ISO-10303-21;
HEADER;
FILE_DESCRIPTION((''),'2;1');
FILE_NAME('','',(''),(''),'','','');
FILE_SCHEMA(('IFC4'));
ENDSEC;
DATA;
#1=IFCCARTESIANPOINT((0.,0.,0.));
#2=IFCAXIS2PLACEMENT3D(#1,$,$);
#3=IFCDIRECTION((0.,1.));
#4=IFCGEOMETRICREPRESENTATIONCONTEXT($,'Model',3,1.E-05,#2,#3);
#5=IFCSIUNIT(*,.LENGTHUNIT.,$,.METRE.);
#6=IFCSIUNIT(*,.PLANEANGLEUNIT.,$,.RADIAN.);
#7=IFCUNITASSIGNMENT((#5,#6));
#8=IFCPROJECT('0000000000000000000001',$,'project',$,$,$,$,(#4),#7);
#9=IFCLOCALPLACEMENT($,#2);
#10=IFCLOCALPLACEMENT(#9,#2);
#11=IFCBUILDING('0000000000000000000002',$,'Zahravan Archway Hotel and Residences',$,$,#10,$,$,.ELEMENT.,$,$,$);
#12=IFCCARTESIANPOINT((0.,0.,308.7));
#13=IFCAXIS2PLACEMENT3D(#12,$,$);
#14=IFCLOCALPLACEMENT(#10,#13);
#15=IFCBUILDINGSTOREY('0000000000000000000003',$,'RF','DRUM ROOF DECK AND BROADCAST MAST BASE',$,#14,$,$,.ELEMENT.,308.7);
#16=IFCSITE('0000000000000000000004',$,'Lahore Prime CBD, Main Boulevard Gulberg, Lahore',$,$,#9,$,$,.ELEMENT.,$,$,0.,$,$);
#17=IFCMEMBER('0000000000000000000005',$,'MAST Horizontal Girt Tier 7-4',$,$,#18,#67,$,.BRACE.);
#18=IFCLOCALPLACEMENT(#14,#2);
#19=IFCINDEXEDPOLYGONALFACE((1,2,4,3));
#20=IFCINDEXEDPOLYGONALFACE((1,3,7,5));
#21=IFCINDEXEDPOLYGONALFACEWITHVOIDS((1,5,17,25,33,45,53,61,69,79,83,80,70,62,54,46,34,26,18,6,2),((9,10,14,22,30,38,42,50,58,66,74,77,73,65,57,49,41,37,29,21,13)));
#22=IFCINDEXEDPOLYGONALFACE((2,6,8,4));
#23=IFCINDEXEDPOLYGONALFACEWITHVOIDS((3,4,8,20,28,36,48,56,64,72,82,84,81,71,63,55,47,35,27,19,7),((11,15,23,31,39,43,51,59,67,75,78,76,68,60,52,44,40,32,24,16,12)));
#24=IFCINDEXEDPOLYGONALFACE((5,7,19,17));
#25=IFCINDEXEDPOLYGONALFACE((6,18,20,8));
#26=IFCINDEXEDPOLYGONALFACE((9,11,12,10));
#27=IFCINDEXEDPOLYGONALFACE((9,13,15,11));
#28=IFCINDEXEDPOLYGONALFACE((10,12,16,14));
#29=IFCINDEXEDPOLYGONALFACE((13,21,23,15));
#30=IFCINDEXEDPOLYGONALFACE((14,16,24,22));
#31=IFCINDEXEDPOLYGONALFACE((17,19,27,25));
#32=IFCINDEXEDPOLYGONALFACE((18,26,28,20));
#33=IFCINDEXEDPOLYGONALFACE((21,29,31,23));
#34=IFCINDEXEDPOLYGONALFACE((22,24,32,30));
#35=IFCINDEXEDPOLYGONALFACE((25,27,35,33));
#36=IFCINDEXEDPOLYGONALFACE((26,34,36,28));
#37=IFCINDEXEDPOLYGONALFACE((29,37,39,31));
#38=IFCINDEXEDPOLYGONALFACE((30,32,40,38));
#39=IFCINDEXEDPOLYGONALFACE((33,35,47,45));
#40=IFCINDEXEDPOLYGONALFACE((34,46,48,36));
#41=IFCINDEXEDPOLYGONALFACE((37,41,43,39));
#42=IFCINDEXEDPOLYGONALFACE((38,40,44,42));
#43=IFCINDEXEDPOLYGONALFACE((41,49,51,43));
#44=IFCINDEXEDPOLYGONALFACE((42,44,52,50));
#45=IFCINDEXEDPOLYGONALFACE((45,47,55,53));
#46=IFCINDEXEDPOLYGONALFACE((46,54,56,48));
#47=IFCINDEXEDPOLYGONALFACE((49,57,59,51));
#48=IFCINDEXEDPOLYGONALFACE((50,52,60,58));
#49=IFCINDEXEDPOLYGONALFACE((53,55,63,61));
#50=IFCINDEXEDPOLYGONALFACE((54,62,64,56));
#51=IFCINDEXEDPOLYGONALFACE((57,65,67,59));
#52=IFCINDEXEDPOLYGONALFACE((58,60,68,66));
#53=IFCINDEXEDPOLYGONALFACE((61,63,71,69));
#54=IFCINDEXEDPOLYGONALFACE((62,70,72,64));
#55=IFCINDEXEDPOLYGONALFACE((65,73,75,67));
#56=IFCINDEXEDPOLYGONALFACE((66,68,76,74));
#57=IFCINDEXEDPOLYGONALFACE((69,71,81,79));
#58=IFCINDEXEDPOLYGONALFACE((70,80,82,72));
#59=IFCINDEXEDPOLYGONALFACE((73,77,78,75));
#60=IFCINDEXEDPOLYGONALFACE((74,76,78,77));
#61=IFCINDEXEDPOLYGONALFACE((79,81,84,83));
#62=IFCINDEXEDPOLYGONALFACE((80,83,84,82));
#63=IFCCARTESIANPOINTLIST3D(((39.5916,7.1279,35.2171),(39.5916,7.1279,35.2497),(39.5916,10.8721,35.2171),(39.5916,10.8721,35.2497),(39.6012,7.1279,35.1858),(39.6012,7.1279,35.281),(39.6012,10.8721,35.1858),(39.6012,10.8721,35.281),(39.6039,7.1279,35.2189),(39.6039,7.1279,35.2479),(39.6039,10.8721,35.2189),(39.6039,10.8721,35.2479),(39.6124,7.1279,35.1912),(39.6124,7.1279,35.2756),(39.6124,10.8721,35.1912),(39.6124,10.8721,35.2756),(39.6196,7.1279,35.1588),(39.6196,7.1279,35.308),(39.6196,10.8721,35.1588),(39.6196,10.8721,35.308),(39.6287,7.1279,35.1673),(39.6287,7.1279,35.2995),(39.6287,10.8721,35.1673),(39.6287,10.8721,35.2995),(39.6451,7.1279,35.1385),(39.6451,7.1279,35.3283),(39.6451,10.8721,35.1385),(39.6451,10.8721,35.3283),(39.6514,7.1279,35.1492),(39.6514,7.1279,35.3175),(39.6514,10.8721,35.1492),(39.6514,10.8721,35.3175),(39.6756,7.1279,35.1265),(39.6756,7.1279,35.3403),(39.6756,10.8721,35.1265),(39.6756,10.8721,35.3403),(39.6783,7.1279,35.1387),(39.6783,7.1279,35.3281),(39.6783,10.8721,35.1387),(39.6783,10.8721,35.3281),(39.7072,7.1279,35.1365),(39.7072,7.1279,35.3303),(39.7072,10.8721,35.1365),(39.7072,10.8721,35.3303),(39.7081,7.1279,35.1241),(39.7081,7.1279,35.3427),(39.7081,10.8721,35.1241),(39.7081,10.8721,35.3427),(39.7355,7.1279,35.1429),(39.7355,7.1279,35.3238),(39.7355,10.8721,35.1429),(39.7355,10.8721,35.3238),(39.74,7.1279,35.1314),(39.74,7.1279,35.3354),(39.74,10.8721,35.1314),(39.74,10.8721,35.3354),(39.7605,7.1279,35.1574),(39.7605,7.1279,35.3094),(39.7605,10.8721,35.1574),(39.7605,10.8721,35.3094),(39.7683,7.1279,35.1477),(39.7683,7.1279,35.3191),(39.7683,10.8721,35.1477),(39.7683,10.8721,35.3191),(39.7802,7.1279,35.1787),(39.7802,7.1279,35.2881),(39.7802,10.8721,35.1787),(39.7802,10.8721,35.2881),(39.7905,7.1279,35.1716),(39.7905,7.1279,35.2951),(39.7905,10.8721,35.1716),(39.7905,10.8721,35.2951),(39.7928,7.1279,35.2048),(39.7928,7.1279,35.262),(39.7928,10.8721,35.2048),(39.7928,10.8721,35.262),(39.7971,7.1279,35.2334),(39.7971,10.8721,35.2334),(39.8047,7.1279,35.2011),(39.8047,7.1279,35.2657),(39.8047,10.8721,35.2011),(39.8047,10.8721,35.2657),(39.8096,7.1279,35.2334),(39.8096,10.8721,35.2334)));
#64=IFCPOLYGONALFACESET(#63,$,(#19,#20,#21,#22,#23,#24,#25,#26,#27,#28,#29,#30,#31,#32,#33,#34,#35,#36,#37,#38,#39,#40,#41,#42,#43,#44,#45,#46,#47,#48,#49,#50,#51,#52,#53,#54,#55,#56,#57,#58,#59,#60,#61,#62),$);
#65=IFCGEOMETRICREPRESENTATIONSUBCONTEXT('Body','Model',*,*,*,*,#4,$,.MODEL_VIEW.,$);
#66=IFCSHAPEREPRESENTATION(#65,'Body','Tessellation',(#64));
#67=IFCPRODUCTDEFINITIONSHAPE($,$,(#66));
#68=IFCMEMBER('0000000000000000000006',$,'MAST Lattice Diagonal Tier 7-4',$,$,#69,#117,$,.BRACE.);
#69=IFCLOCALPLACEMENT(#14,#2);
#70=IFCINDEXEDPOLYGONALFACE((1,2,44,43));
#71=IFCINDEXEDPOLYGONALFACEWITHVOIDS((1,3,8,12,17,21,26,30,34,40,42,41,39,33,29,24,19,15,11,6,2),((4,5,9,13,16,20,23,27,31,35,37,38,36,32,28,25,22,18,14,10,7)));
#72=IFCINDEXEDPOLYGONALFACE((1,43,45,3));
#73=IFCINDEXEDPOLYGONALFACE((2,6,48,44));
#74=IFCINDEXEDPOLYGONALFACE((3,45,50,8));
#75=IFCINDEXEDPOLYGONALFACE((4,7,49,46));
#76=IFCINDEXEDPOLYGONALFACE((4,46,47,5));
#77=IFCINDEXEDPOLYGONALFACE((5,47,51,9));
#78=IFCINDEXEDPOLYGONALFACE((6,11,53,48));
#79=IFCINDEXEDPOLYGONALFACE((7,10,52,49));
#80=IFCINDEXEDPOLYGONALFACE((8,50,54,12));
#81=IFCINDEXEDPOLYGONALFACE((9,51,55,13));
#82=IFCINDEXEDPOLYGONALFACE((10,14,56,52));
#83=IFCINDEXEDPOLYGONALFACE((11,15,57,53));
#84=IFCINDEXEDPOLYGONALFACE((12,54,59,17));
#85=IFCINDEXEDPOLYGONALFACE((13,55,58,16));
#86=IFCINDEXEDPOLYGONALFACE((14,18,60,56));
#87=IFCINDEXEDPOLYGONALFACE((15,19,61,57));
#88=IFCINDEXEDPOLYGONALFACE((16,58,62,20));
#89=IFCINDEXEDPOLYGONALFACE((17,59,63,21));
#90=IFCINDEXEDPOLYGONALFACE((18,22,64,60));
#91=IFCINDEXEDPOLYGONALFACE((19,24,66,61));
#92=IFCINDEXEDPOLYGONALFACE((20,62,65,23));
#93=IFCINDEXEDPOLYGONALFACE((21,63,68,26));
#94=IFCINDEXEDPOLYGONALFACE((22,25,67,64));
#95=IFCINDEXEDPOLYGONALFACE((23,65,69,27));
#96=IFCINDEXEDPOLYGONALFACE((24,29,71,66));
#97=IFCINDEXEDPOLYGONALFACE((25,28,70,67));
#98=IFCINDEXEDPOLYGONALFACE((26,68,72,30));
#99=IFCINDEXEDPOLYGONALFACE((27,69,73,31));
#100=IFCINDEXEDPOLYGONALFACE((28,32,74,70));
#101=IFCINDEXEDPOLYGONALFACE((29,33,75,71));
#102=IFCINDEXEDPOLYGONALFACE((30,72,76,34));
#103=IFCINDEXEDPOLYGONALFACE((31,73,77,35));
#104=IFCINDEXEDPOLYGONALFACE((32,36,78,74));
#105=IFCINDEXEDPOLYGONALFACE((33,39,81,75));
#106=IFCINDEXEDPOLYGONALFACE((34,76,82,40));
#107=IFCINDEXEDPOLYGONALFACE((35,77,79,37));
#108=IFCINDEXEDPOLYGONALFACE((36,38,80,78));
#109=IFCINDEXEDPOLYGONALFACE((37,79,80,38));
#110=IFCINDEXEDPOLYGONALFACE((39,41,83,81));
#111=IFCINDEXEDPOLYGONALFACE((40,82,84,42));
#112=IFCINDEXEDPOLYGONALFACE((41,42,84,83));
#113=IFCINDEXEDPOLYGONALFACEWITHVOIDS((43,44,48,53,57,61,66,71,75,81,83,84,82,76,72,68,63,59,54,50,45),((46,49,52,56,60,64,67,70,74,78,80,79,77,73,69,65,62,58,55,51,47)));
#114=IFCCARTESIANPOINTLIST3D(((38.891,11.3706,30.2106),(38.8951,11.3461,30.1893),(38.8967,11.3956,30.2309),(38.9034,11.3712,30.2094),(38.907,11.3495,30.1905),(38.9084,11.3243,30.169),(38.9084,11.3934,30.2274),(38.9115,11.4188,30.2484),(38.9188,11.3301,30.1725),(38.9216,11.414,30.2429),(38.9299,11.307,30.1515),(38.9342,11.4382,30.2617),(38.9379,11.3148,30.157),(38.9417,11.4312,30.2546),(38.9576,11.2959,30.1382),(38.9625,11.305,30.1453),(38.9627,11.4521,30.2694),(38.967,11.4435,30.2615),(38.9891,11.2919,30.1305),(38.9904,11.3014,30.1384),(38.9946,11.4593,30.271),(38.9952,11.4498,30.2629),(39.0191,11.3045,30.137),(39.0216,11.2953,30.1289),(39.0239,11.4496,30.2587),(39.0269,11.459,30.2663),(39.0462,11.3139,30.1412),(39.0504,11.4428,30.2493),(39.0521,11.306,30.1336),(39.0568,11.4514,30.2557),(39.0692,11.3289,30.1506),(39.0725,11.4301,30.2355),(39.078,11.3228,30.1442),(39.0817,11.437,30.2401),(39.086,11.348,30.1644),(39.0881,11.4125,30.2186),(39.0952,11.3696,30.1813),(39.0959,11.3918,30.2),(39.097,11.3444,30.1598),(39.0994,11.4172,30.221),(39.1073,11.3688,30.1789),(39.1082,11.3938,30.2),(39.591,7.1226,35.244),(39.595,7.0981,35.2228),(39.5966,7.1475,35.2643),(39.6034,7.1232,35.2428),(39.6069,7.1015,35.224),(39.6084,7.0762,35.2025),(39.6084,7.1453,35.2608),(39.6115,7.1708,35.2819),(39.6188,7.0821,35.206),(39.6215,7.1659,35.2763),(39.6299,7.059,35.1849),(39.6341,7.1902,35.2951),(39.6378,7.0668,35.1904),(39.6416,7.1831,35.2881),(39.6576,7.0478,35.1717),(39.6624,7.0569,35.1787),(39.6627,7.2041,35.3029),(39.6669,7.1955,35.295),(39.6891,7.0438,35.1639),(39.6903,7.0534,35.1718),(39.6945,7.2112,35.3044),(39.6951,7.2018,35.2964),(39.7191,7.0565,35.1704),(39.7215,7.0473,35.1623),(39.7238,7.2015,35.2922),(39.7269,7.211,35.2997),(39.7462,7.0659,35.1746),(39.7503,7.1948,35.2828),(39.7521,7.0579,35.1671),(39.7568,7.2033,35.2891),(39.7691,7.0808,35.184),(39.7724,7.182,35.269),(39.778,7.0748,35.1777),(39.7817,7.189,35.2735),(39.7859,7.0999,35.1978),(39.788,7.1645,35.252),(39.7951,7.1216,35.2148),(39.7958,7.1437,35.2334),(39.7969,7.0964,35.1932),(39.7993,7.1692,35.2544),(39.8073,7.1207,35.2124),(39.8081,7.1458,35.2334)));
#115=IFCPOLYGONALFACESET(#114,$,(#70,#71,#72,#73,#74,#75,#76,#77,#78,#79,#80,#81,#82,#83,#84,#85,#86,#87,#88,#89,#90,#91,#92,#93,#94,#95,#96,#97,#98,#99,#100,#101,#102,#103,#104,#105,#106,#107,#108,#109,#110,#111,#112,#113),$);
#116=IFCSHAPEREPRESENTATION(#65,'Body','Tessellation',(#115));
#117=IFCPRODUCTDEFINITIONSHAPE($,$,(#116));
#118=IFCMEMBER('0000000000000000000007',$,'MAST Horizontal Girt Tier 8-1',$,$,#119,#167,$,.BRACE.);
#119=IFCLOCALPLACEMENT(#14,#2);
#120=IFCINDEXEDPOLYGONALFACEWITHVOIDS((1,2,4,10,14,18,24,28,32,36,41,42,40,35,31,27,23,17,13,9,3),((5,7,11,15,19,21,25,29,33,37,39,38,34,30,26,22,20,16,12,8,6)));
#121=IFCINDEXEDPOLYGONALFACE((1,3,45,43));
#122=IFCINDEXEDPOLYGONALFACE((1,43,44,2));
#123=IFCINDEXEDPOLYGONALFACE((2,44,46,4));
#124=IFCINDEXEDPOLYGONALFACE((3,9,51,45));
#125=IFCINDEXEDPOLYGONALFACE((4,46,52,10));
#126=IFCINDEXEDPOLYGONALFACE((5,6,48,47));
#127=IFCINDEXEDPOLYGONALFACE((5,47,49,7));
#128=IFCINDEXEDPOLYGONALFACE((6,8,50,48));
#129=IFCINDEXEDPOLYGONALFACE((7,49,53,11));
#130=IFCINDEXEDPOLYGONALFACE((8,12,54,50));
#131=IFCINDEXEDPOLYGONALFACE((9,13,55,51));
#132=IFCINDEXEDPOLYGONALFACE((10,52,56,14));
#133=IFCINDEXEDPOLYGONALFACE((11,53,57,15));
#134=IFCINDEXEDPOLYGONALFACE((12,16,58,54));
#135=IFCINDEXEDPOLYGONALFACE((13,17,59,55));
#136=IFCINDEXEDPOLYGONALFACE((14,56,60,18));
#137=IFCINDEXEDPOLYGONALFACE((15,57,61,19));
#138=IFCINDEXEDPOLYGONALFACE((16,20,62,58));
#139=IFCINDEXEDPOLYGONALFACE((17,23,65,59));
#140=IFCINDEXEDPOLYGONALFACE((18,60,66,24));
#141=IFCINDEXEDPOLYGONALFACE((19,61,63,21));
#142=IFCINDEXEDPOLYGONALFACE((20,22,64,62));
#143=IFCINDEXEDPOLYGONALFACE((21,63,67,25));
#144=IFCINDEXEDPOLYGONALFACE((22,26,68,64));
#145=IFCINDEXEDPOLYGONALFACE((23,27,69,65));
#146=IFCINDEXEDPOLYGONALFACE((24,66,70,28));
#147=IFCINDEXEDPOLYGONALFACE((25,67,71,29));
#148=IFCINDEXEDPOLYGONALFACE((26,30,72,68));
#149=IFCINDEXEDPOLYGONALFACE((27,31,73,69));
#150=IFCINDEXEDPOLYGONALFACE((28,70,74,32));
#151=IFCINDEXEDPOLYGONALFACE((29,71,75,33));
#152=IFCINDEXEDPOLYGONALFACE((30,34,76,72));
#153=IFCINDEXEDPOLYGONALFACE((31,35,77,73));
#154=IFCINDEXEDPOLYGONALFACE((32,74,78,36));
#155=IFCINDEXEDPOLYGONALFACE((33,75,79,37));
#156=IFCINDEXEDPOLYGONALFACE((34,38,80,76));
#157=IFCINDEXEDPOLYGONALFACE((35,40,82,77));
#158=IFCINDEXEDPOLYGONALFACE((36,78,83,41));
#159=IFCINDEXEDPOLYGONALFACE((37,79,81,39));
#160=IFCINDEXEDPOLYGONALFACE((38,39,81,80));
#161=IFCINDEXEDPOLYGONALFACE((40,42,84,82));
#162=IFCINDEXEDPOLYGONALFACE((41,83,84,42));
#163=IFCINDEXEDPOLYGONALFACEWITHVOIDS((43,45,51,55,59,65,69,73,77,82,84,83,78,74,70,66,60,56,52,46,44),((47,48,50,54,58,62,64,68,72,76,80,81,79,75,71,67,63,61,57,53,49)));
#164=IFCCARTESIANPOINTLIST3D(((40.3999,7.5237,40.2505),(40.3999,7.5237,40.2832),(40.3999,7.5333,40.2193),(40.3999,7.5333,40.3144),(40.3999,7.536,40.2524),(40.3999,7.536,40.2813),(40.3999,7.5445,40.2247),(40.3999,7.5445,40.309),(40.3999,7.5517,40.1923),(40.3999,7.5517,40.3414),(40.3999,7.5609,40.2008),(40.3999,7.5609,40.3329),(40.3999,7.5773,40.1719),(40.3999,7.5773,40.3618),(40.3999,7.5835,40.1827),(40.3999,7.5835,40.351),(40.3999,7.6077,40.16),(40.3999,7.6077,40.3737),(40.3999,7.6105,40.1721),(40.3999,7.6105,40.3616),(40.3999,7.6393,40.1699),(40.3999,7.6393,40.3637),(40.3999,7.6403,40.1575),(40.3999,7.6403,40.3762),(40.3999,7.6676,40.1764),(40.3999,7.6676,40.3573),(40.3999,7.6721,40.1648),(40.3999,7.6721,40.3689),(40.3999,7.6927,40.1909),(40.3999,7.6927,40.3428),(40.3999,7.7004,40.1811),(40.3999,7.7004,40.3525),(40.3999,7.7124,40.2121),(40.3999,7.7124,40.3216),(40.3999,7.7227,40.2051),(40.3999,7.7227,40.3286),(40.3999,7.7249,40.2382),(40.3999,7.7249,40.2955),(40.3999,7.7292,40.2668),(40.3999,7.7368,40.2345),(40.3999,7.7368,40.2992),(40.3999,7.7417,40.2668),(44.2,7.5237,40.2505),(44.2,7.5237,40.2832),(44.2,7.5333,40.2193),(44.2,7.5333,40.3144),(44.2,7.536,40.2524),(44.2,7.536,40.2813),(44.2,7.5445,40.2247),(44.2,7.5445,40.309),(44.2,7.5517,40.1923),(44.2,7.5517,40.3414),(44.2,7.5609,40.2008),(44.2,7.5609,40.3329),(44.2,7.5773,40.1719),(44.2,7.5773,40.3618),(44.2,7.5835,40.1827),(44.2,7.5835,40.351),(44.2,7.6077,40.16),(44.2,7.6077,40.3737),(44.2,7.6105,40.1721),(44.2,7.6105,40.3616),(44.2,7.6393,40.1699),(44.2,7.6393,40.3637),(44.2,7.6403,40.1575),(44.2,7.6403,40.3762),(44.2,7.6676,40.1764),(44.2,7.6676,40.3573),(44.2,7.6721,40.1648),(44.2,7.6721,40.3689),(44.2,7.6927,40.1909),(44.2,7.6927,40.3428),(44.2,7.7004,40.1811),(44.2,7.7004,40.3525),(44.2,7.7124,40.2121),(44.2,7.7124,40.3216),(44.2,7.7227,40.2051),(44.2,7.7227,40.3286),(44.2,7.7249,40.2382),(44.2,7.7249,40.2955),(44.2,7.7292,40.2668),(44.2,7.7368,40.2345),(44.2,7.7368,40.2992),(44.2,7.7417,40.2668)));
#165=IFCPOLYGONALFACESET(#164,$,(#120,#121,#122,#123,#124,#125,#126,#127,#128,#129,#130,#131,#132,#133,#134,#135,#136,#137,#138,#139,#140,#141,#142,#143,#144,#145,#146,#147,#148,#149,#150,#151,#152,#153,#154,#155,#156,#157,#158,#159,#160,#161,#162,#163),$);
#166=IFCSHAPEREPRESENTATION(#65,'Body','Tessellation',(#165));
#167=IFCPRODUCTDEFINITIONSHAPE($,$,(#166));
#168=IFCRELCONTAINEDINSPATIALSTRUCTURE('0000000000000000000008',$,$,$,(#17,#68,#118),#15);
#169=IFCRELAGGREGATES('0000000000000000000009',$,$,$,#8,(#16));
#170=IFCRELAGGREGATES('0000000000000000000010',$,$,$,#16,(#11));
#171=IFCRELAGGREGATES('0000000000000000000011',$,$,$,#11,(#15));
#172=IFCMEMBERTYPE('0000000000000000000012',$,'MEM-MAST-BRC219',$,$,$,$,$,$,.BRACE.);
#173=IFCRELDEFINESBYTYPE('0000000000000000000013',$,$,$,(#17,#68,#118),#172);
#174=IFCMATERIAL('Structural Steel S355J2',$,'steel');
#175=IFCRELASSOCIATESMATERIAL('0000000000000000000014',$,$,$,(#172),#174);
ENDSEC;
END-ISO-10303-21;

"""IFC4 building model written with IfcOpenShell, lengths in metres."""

from ifc_helpers import new_model, si_unit, direction, frame, origin, origin_2d, place, context, subcontext, project, spatial, hollow_circle, extrude, source, transform, mapped, material, material_profile, profile_set, type_object, element, save


model = new_model("IFC4")

# Units and contexts
model_context = context("Model", 3, precision=1e-05, world=origin(), true_north=direction((0.0, 1.0)))
body_context = subcontext(model_context, "Body", "Model", "MODEL_VIEW")
ifc_project = project(units=[si_unit("LENGTHUNIT", "METRE"), si_unit("PLANEANGLEUNIT", "RADIAN")], contexts=[model_context])

# Site, building, storey
site_placement = place(None, origin())
site = spatial("IfcSite", under=ifc_project, at=site_placement, Name="Lahore Prime CBD, Main Boulevard Gulberg, Lahore", CompositionType="ELEMENT", RefElevation=0.0)
building_placement = place(site_placement, origin())
building = spatial("IfcBuilding", under=site, at=building_placement, Name="Zahravan Archway Hotel and Residences", CompositionType="ELEMENT")
storey_placement = place(building_placement, frame((0.0, 0.0, 308.7)))
storey = spatial("IfcBuildingStorey", under=building, at=storey_placement, Name="RF", Description="DRUM ROOF DECK AND BROADCAST MAST BASE", CompositionType="ELEMENT", Elevation=308.7)

# Members
ifc_material_1 = material(Name="Structural Steel S355J2", Category="steel")
ifc_material_profile_1 = material_profile(ifc_material_1, hollow_circle(Radius=0.1096, WallThickness=0.0125, at=origin_2d()), Name="CHS 219.1x12.5", Category="steel")
ifc_profile_set_1 = profile_set([ifc_material_profile_1], Name="Structural Steel S355J2")
member_type_1 = type_object("IfcMemberType", Name="MEM-MAST-BRC219", PredefinedType="BRACE", material=ifc_profile_set_1)
shared_shape_1 = source(origin(), body_context, "Body", "SweptSolid", [
    extrude(hollow_circle(Radius=0.1096, WallThickness=0.0125, at=origin_2d()), origin(), (0.0, 0.0, 1.0), 3.7441),
])
member_1_placement = place(storey_placement, frame((39.7, 10.8721, 35.2334), z_axis=(0.0, -1.0, 0.0), x_axis=(1.0, 0.0, 0.0)))
element("IfcMember", 1, at=member_1_placement, inside=storey, type_object=member_type_1, Name="MAST Horizontal Girt Tier 7-4", PredefinedType="BRACE", context=body_context, shape_type="MappedRepresentation", body=[
    mapped(shared_shape_1, transform((0.0, 0.0, 0.0), scale=1.0)),
])
shared_shape_2 = source(origin(), body_context, "Body", "SweptSolid", [
    extrude(hollow_circle(Radius=0.1096, WallThickness=0.0125, at=origin_2d()), origin(), (0.0, 0.0, 1.0), 6.6235),
])
member_2_placement = place(storey_placement, frame((39.0, 11.376, 30.2), z_axis=(0.105676, -0.641355, 0.759932), x_axis=(0.986696, 0.162578, 0.0)))
element("IfcMember", 2, at=member_2_placement, inside=storey, type_object=member_type_1, Name="MAST Lattice Diagonal Tier 7-4", PredefinedType="BRACE", context=body_context, shape_type="MappedRepresentation", body=[
    mapped(shared_shape_2, transform((0.0, 0.0, 0.0), scale=1.0)),
])
shared_shape_3 = source(origin(), body_context, "Body", "SweptSolid", [
    extrude(hollow_circle(Radius=0.1096, WallThickness=0.0125, at=origin_2d()), origin(), (0.0, 0.0, 1.0), 3.8),
])
member_3_placement = place(storey_placement, frame((40.3999, 7.6321, 40.2668), z_axis=(1.0, 0.0, 0.0), x_axis=(0.0, 1.0, 0.0)))
element("IfcMember", 3, at=member_3_placement, inside=storey, type_object=member_type_1, Name="MAST Horizontal Girt Tier 8-1", PredefinedType="BRACE", context=body_context, shape_type="MappedRepresentation", body=[
    mapped(shared_shape_3, transform((0.0, 0.0, 0.0), scale=1.0)),
])

save(model, "model.ifc")
